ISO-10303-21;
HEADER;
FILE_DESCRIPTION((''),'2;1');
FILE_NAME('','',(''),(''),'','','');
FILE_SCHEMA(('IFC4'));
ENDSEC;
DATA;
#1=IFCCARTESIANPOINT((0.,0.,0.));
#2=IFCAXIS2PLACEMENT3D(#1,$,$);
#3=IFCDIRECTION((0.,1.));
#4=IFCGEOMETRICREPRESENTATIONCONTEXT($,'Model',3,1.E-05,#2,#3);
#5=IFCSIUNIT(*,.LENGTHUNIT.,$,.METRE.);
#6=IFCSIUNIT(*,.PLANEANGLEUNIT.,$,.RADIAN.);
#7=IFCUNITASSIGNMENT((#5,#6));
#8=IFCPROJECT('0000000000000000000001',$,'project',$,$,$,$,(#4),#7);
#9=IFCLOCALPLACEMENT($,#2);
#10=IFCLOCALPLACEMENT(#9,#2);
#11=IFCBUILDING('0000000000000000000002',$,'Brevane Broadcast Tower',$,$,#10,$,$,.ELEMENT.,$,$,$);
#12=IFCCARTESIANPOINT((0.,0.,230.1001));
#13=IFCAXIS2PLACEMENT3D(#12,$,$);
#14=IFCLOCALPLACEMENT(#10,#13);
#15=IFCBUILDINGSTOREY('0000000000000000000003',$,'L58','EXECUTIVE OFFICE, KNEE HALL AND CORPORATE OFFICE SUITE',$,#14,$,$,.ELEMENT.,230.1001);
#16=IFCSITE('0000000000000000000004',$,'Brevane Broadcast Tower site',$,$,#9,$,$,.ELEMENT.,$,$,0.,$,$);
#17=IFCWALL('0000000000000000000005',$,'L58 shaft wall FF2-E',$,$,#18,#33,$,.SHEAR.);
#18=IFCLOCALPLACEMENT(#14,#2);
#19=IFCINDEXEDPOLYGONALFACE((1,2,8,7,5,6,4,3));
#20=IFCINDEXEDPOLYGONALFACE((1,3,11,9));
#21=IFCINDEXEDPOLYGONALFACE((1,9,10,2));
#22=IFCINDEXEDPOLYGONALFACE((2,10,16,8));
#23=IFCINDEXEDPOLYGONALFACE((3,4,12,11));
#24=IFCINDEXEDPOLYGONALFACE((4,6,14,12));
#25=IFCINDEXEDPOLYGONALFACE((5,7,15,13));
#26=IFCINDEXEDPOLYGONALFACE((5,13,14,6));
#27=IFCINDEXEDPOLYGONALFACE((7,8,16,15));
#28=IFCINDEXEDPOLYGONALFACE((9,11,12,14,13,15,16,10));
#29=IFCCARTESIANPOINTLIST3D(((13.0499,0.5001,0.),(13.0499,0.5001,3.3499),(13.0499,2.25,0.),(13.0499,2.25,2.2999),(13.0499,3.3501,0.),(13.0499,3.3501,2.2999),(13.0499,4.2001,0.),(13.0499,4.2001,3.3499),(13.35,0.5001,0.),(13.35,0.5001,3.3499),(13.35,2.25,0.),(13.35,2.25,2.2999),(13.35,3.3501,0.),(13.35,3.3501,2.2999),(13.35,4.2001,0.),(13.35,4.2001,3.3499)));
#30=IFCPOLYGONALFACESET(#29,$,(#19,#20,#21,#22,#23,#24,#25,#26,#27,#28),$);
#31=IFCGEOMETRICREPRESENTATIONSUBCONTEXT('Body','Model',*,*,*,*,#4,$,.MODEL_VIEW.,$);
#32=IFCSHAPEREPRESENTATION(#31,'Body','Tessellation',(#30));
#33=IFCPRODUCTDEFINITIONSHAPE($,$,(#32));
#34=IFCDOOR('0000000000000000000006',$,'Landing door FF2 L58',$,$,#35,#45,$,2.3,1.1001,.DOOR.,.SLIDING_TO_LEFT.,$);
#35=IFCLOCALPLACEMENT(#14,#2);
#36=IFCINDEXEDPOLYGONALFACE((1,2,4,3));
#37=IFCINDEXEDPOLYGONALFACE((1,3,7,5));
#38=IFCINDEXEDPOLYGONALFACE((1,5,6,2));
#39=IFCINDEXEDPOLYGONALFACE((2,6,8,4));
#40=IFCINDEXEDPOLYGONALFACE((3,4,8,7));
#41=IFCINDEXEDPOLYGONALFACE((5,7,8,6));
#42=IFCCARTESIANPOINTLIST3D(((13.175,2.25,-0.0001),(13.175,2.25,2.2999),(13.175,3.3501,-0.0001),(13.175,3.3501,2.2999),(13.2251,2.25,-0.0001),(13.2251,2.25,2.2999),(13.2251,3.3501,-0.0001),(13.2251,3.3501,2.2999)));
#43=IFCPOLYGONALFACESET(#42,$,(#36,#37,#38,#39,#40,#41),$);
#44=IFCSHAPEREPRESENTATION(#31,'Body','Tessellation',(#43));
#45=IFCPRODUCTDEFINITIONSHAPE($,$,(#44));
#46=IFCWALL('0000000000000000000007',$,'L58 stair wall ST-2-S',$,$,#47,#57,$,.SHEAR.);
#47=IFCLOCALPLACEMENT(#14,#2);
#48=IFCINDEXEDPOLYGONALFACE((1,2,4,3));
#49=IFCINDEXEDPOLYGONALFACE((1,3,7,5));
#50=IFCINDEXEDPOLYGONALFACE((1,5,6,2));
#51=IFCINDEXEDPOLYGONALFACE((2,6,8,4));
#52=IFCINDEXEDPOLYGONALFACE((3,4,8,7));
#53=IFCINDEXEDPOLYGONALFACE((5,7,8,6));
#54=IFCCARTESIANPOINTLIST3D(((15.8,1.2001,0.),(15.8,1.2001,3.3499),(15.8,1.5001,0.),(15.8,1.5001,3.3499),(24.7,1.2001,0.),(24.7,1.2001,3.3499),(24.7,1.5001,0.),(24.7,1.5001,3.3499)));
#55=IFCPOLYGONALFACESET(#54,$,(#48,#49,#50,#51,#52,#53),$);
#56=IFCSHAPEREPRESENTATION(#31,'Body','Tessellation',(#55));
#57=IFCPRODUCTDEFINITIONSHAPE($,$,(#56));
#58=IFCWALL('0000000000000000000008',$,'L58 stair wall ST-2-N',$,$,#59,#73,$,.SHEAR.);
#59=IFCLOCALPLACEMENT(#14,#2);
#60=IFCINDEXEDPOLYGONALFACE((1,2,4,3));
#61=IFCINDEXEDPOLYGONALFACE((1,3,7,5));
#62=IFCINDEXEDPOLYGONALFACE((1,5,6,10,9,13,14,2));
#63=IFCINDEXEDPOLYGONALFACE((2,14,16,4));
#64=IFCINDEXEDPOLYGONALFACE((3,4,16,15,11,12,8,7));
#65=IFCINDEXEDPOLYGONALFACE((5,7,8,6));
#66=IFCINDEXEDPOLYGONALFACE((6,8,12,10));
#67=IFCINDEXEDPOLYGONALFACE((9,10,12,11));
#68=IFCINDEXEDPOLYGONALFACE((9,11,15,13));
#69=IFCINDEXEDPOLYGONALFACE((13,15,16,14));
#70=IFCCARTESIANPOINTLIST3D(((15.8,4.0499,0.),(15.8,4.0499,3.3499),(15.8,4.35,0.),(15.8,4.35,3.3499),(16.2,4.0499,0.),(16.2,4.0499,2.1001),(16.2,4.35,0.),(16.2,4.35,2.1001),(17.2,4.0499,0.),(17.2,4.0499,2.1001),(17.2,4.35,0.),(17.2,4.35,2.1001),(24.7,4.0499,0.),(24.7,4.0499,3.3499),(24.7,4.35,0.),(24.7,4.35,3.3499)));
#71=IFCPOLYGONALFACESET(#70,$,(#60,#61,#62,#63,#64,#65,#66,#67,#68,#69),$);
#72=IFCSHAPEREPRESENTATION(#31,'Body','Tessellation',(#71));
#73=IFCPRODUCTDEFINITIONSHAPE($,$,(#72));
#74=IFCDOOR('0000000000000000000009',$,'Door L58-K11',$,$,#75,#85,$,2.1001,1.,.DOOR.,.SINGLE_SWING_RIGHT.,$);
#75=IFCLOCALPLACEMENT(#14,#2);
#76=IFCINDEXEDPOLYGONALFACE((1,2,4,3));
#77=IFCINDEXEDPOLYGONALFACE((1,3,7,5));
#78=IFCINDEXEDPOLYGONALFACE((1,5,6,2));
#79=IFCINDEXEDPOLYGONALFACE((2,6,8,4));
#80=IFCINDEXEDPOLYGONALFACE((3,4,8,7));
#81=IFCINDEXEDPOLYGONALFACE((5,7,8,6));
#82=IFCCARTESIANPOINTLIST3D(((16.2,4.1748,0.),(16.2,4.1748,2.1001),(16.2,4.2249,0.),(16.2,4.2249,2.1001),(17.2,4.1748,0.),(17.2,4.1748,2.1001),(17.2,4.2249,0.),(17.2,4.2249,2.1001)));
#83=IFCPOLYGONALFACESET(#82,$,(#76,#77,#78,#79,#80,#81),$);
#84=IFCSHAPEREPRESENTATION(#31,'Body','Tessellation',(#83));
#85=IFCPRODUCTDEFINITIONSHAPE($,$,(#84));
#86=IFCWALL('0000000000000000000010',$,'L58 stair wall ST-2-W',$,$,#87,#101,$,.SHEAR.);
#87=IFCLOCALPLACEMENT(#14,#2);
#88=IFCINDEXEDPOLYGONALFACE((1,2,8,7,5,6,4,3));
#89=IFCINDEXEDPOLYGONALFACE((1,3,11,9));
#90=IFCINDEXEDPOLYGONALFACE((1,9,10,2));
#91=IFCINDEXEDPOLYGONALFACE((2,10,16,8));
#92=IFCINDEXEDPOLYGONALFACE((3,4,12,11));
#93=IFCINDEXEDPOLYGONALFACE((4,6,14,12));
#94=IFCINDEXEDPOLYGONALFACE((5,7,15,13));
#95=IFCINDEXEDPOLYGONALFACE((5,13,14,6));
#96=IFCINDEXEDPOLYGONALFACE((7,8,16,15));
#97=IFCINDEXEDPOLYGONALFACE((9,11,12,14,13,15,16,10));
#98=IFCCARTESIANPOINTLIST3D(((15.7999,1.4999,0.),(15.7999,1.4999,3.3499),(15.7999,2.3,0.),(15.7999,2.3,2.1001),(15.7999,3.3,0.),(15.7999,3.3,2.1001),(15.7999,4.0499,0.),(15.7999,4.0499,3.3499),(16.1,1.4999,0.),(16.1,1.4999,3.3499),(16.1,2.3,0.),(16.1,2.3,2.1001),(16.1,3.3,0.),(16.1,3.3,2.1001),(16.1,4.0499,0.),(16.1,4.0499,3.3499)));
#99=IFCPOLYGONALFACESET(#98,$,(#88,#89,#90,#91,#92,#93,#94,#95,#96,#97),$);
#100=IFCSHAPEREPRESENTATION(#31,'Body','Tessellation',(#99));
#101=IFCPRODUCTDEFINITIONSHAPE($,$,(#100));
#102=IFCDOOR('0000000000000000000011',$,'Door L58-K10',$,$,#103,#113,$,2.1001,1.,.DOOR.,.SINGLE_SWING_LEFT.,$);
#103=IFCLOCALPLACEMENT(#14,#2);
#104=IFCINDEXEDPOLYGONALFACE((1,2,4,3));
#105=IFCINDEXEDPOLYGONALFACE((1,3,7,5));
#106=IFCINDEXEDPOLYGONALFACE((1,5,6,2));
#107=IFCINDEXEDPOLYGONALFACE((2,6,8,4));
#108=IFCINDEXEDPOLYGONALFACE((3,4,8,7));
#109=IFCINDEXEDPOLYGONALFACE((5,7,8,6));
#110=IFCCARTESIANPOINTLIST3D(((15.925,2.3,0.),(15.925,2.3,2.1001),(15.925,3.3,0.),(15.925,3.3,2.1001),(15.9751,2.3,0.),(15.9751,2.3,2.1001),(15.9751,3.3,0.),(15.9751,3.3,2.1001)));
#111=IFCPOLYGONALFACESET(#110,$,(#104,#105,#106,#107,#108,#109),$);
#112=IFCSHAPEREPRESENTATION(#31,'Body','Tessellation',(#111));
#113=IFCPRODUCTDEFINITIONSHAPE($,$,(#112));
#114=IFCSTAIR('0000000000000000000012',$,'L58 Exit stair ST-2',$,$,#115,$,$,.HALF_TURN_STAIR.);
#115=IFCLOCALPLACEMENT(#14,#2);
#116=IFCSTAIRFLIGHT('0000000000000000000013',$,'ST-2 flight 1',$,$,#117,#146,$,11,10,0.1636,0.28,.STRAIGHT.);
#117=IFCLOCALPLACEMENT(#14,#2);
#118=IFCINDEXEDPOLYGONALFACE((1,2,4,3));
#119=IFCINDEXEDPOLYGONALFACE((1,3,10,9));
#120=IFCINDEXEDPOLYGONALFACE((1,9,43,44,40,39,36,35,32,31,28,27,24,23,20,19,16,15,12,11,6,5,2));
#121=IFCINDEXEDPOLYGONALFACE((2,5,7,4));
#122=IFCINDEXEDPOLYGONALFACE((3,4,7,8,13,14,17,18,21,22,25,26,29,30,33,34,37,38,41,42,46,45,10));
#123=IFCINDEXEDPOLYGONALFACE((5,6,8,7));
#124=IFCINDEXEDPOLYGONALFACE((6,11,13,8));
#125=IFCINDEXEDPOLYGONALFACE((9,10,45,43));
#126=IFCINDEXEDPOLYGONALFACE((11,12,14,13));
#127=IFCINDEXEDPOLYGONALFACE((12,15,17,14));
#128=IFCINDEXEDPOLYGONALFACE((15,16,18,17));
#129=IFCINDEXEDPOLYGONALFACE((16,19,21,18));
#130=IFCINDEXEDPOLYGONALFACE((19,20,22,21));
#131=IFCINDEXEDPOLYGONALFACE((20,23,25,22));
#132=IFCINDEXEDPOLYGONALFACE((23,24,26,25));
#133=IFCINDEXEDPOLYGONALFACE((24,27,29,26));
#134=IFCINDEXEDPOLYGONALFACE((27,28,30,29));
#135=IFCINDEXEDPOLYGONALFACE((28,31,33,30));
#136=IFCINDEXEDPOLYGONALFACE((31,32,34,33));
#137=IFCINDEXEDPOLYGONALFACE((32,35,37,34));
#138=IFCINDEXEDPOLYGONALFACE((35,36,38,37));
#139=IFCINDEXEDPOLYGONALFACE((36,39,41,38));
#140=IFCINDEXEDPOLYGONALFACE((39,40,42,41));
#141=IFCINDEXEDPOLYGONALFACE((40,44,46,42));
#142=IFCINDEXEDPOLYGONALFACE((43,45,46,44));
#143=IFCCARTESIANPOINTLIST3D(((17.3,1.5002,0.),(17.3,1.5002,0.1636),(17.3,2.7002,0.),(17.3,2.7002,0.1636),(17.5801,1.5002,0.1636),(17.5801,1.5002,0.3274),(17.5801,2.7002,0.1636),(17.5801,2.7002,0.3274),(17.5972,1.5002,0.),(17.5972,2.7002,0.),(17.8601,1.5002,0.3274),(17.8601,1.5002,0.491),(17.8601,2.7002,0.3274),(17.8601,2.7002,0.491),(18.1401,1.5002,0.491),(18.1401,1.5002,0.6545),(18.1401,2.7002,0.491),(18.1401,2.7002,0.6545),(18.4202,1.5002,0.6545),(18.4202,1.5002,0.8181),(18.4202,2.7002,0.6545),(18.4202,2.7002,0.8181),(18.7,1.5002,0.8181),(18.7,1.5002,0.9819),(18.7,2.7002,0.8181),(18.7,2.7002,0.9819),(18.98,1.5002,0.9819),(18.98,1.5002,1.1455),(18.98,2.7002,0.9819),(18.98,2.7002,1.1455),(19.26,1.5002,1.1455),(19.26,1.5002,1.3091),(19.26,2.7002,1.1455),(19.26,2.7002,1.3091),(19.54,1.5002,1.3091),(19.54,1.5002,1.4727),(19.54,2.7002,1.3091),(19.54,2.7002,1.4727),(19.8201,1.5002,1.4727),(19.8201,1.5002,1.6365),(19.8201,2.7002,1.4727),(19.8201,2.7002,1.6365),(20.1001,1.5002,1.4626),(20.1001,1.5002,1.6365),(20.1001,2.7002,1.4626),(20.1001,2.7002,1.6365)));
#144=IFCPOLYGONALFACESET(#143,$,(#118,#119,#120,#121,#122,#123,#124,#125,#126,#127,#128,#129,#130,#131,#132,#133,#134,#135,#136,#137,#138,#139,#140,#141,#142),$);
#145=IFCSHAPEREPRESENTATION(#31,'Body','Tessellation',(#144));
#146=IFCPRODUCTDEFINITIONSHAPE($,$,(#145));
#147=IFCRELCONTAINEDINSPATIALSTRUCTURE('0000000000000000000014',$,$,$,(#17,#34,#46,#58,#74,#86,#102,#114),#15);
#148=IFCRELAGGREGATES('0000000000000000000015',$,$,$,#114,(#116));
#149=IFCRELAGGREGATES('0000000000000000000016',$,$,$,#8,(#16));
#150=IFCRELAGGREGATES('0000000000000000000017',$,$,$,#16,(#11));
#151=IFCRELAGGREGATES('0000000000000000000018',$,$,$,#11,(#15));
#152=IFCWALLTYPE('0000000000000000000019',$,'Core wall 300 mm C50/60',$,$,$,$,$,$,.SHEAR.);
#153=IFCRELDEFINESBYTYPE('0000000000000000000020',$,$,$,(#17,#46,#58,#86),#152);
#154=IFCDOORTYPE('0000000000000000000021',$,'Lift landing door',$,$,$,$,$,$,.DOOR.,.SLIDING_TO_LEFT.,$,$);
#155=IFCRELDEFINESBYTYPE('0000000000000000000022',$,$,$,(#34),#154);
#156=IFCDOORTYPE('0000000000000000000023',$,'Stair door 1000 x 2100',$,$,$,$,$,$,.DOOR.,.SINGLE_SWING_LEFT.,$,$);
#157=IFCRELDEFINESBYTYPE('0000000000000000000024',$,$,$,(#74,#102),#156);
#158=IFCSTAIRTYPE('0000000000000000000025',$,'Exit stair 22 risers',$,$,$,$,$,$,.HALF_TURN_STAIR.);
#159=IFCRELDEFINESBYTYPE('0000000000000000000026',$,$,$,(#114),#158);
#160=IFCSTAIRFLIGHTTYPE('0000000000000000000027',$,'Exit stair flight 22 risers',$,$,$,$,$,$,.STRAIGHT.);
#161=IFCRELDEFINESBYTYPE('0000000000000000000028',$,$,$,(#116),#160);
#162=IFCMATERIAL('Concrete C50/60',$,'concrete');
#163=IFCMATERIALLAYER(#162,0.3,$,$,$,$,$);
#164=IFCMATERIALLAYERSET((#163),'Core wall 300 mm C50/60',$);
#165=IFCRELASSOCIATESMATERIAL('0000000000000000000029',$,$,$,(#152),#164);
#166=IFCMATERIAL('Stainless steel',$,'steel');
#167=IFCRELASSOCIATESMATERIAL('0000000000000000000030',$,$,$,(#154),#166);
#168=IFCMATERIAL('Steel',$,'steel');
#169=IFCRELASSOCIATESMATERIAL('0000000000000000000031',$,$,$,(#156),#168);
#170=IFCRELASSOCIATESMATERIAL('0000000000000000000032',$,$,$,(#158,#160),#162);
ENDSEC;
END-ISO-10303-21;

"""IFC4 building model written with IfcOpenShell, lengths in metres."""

from ifc_helpers import new_model, si_unit, direction, frame, frame_2d, origin, place, context, subcontext, project, spatial, polyline, rectangle, outline, extrude, material, layer, layer_set, type_object, element, fill, aggregate, save


model = new_model("IFC4")

# Units and contexts
model_context = context("Model", 3, precision=1e-05, world=origin(), true_north=direction((0.0, 1.0)))
body_context = subcontext(model_context, "Body", "Model", "MODEL_VIEW")
ifc_project = project(units=[si_unit("LENGTHUNIT", "METRE"), si_unit("PLANEANGLEUNIT", "RADIAN")], contexts=[model_context])

# Site, building, storey
site_placement = place(None, origin())
site = spatial("IfcSite", under=ifc_project, at=site_placement, Name="Brevane Broadcast Tower site", CompositionType="ELEMENT", RefElevation=0.0)
building_placement = place(site_placement, origin())
building = spatial("IfcBuilding", under=site, at=building_placement, Name="Brevane Broadcast Tower", CompositionType="ELEMENT")
storey_placement = place(building_placement, frame((0.0, 0.0, 230.1001)))
storey = spatial("IfcBuildingStorey", under=building, at=storey_placement, Name="L58", Description="EXECUTIVE OFFICE, KNEE HALL AND CORPORATE OFFICE SUITE", CompositionType="ELEMENT", Elevation=230.1001)

# Shared definitions
ifc_material_1 = material(Name="Concrete C50/60", Category="concrete")
ifc_layer_1 = layer(ifc_material_1, 0.3)
ifc_layer_set_1 = layer_set([ifc_layer_1], Name="Core wall 300 mm C50/60")
wall_type_1 = type_object("IfcWallType", Name="Core wall 300 mm C50/60", PredefinedType="SHEAR", material=ifc_layer_set_1)

# Wall, opening, door
wall_1_placement = place(storey_placement, frame((13.2, 0.5, 0.0), z_axis=(0.0, 0.0, 1.0), x_axis=(0.0, 1.0, 0.0)))
wall_1 = element("IfcWall", 1, at=wall_1_placement, inside=storey, type_object=wall_type_1, Name="L58 shaft wall FF2-E", PredefinedType="SHEAR", context=body_context, shape_type="SweptSolid", body=[
    extrude(rectangle(XDim=3.7, YDim=0.3, at=frame_2d((1.8501, 0.0))), origin(), (0.0, 0.0, 1.0), 3.3499),
])
opening_1_placement = place(wall_1_placement, frame((1.75, 0.0, 0.0)))
opening_1 = element("IfcOpeningElement", 2, at=opening_1_placement, cuts=wall_1, PredefinedType="OPENING", context=body_context, shape_type="SweptSolid", body=[
    extrude(rectangle(XDim=1.1001, YDim=2.3, at=frame_2d((0.55, 1.1499))), frame((0.0, 0.1599, 0.0), z_axis=(0.0, -1.0, 0.0), x_axis=(1.0, 0.0, 0.0)), (0.0, 0.0, 1.0), 0.3201),
])
ifc_material_2 = material(Name="Stainless steel", Category="steel")
door_type_1 = type_object("IfcDoorType", Name="Lift landing door", OperationType="SLIDING_TO_LEFT", PredefinedType="DOOR", material=ifc_material_2)
door_1_placement = place(opening_1_placement, origin())
door_1 = element("IfcDoor", 3, at=door_1_placement, inside=storey, type_object=door_type_1, Name="Landing door FF2 L58", OperationType="SLIDING_TO_LEFT", OverallHeight=2.3, OverallWidth=1.1001, PredefinedType="DOOR", context=body_context, shape_type="SweptSolid", body=[
    extrude(rectangle(XDim=1.1001, YDim=2.3, at=frame_2d((0.55, 1.1499))), frame((0.0, 0.0249, 0.0), z_axis=(0.0, -1.0, 0.0), x_axis=(1.0, 0.0, 0.0)), (0.0, 0.0, 1.0), 0.05),
])
fill(opening_1, door_1)

# Wall
wall_2_placement = place(storey_placement, frame((15.8, 1.3501, 0.0), z_axis=(0.0, 0.0, 1.0), x_axis=(1.0, 0.0, 0.0)))
element("IfcWall", 4, at=wall_2_placement, inside=storey, type_object=wall_type_1, Name="L58 stair wall ST-2-S", PredefinedType="SHEAR", context=body_context, shape_type="SweptSolid", body=[
    extrude(rectangle(XDim=8.8999, YDim=0.3, at=frame_2d((4.45, 0.0))), origin(), (0.0, 0.0, 1.0), 3.3499),
])

# Walls, openings, doors
wall_3_placement = place(storey_placement, frame((15.8, 4.2, 0.0), z_axis=(0.0, 0.0, 1.0), x_axis=(1.0, 0.0, 0.0)))
wall_3 = element("IfcWall", 5, at=wall_3_placement, inside=storey, type_object=wall_type_1, Name="L58 stair wall ST-2-N", PredefinedType="SHEAR", context=body_context, shape_type="SweptSolid", body=[
    extrude(rectangle(XDim=8.8999, YDim=0.3, at=frame_2d((4.45, 0.0))), origin(), (0.0, 0.0, 1.0), 3.3499),
])
opening_2_placement = place(wall_3_placement, frame((0.3999, 0.0, 0.0)))
opening_2 = element("IfcOpeningElement", 6, at=opening_2_placement, cuts=wall_3, PredefinedType="OPENING", context=body_context, shape_type="SweptSolid", body=[
    extrude(rectangle(XDim=1.0, YDim=2.1001, at=frame_2d((0.5, 1.05))), frame((0.0, 0.1599, 0.0), z_axis=(0.0, -1.0, 0.0), x_axis=(1.0, 0.0, 0.0)), (0.0, 0.0, 1.0), 0.3201),
])
ifc_material_3 = material(Name="Steel", Category="steel")
door_type_2 = type_object("IfcDoorType", Name="Stair door 1000 x 2100", OperationType="SINGLE_SWING_LEFT", PredefinedType="DOOR", material=ifc_material_3)
door_2_placement = place(opening_2_placement, origin())
door_2 = element("IfcDoor", 7, at=door_2_placement, inside=storey, type_object=door_type_2, Name="Door L58-K11", OperationType="SINGLE_SWING_RIGHT", OverallHeight=2.1001, OverallWidth=1.0, PredefinedType="DOOR", context=body_context, shape_type="SweptSolid", body=[
    extrude(rectangle(XDim=1.0, YDim=2.1001, at=frame_2d((0.5, 1.05))), frame((0.0, 0.0249, 0.0), z_axis=(0.0, -1.0, 0.0), x_axis=(1.0, 0.0, 0.0)), (0.0, 0.0, 1.0), 0.05),
])
fill(opening_2, door_2)
wall_4_placement = place(storey_placement, frame((15.95, 1.5, 0.0), z_axis=(0.0, 0.0, 1.0), x_axis=(0.0, 1.0, 0.0)))
wall_4 = element("IfcWall", 8, at=wall_4_placement, inside=storey, type_object=wall_type_1, Name="L58 stair wall ST-2-W", PredefinedType="SHEAR", context=body_context, shape_type="SweptSolid", body=[
    extrude(rectangle(XDim=2.55, YDim=0.3, at=frame_2d((1.2749, 0.0))), origin(), (0.0, 0.0, 1.0), 3.3499),
])
opening_3_placement = place(wall_4_placement, frame((0.8, 0.0, 0.0)))
opening_3 = element("IfcOpeningElement", 9, at=opening_3_placement, cuts=wall_4, PredefinedType="OPENING", context=body_context, shape_type="SweptSolid", body=[
    extrude(rectangle(XDim=1.0, YDim=2.1001, at=frame_2d((0.5, 1.05))), frame((0.0, 0.1599, 0.0), z_axis=(0.0, -1.0, 0.0), x_axis=(1.0, 0.0, 0.0)), (0.0, 0.0, 1.0), 0.3201),
])
door_3_placement = place(opening_3_placement, origin())
door_3 = element("IfcDoor", 10, at=door_3_placement, inside=storey, type_object=door_type_2, Name="Door L58-K10", OperationType="SINGLE_SWING_LEFT", OverallHeight=2.1001, OverallWidth=1.0, PredefinedType="DOOR", context=body_context, shape_type="SweptSolid", body=[
    extrude(rectangle(XDim=1.0, YDim=2.1001, at=frame_2d((0.5, 1.05))), frame((0.0, 0.0249, 0.0), z_axis=(0.0, -1.0, 0.0), x_axis=(1.0, 0.0, 0.0)), (0.0, 0.0, 1.0), 0.05),
])
fill(opening_3, door_3)

# Stair, stair flight
stair_type = type_object("IfcStairType", Name="Exit stair 22 risers", PredefinedType="HALF_TURN_STAIR", material=ifc_material_1)
stair_placement = place(storey_placement, origin())
stair = element("IfcStair", 11, at=stair_placement, inside=storey, type_object=stair_type, Name="L58 Exit stair ST-2", PredefinedType="HALF_TURN_STAIR")
stair_flight_type = type_object("IfcStairFlightType", Name="Exit stair flight 22 risers", PredefinedType="STRAIGHT", material=ifc_material_1)
stair_flight_placement = place(storey_placement, frame((17.3, 2.1001, 0.0), z_axis=(0.0, 0.0, 1.0), x_axis=(1.0, 0.0, 0.0)))
stair_flight = element("IfcStairFlight", 12, at=stair_flight_placement, type_object=stair_flight_type, Name="ST-2 flight 1", NumberOfRisers=11, NumberOfTreads=10, PredefinedType="STRAIGHT", RiserHeight=0.1636, TreadLength=0.28, context=body_context, shape_type="SweptSolid", body=[
    extrude(outline(polyline([(0.0, 0.0), (0.0, 0.1636), (0.28, 0.1636), (0.28, 0.3274), (0.5601, 0.3274), (0.5601, 0.491), (0.8401, 0.491), (0.8401, 0.6545), (1.1201, 0.6545), (1.1201, 0.8181), (1.3999, 0.8181), (1.3999, 0.9819), (1.6799, 0.9819), (1.6799, 1.1455), (1.96, 1.1455), (1.96, 1.3091), (2.24, 1.3091), (2.24, 1.4727), (2.52, 1.4727), (2.52, 1.6365), (2.8, 1.6365), (2.8, 1.8), (2.8, 1.4626), (0.2971, 0.0), (0.0, 0.0)])), frame((0.0, 0.6001, 0.0), z_axis=(0.0, -1.0, 0.0), x_axis=(1.0, 0.0, 0.0)), (0.0, 0.0, 1.0), 1.2),
])
aggregate(stair, [stair_flight])

save(model, "model.ifc")
